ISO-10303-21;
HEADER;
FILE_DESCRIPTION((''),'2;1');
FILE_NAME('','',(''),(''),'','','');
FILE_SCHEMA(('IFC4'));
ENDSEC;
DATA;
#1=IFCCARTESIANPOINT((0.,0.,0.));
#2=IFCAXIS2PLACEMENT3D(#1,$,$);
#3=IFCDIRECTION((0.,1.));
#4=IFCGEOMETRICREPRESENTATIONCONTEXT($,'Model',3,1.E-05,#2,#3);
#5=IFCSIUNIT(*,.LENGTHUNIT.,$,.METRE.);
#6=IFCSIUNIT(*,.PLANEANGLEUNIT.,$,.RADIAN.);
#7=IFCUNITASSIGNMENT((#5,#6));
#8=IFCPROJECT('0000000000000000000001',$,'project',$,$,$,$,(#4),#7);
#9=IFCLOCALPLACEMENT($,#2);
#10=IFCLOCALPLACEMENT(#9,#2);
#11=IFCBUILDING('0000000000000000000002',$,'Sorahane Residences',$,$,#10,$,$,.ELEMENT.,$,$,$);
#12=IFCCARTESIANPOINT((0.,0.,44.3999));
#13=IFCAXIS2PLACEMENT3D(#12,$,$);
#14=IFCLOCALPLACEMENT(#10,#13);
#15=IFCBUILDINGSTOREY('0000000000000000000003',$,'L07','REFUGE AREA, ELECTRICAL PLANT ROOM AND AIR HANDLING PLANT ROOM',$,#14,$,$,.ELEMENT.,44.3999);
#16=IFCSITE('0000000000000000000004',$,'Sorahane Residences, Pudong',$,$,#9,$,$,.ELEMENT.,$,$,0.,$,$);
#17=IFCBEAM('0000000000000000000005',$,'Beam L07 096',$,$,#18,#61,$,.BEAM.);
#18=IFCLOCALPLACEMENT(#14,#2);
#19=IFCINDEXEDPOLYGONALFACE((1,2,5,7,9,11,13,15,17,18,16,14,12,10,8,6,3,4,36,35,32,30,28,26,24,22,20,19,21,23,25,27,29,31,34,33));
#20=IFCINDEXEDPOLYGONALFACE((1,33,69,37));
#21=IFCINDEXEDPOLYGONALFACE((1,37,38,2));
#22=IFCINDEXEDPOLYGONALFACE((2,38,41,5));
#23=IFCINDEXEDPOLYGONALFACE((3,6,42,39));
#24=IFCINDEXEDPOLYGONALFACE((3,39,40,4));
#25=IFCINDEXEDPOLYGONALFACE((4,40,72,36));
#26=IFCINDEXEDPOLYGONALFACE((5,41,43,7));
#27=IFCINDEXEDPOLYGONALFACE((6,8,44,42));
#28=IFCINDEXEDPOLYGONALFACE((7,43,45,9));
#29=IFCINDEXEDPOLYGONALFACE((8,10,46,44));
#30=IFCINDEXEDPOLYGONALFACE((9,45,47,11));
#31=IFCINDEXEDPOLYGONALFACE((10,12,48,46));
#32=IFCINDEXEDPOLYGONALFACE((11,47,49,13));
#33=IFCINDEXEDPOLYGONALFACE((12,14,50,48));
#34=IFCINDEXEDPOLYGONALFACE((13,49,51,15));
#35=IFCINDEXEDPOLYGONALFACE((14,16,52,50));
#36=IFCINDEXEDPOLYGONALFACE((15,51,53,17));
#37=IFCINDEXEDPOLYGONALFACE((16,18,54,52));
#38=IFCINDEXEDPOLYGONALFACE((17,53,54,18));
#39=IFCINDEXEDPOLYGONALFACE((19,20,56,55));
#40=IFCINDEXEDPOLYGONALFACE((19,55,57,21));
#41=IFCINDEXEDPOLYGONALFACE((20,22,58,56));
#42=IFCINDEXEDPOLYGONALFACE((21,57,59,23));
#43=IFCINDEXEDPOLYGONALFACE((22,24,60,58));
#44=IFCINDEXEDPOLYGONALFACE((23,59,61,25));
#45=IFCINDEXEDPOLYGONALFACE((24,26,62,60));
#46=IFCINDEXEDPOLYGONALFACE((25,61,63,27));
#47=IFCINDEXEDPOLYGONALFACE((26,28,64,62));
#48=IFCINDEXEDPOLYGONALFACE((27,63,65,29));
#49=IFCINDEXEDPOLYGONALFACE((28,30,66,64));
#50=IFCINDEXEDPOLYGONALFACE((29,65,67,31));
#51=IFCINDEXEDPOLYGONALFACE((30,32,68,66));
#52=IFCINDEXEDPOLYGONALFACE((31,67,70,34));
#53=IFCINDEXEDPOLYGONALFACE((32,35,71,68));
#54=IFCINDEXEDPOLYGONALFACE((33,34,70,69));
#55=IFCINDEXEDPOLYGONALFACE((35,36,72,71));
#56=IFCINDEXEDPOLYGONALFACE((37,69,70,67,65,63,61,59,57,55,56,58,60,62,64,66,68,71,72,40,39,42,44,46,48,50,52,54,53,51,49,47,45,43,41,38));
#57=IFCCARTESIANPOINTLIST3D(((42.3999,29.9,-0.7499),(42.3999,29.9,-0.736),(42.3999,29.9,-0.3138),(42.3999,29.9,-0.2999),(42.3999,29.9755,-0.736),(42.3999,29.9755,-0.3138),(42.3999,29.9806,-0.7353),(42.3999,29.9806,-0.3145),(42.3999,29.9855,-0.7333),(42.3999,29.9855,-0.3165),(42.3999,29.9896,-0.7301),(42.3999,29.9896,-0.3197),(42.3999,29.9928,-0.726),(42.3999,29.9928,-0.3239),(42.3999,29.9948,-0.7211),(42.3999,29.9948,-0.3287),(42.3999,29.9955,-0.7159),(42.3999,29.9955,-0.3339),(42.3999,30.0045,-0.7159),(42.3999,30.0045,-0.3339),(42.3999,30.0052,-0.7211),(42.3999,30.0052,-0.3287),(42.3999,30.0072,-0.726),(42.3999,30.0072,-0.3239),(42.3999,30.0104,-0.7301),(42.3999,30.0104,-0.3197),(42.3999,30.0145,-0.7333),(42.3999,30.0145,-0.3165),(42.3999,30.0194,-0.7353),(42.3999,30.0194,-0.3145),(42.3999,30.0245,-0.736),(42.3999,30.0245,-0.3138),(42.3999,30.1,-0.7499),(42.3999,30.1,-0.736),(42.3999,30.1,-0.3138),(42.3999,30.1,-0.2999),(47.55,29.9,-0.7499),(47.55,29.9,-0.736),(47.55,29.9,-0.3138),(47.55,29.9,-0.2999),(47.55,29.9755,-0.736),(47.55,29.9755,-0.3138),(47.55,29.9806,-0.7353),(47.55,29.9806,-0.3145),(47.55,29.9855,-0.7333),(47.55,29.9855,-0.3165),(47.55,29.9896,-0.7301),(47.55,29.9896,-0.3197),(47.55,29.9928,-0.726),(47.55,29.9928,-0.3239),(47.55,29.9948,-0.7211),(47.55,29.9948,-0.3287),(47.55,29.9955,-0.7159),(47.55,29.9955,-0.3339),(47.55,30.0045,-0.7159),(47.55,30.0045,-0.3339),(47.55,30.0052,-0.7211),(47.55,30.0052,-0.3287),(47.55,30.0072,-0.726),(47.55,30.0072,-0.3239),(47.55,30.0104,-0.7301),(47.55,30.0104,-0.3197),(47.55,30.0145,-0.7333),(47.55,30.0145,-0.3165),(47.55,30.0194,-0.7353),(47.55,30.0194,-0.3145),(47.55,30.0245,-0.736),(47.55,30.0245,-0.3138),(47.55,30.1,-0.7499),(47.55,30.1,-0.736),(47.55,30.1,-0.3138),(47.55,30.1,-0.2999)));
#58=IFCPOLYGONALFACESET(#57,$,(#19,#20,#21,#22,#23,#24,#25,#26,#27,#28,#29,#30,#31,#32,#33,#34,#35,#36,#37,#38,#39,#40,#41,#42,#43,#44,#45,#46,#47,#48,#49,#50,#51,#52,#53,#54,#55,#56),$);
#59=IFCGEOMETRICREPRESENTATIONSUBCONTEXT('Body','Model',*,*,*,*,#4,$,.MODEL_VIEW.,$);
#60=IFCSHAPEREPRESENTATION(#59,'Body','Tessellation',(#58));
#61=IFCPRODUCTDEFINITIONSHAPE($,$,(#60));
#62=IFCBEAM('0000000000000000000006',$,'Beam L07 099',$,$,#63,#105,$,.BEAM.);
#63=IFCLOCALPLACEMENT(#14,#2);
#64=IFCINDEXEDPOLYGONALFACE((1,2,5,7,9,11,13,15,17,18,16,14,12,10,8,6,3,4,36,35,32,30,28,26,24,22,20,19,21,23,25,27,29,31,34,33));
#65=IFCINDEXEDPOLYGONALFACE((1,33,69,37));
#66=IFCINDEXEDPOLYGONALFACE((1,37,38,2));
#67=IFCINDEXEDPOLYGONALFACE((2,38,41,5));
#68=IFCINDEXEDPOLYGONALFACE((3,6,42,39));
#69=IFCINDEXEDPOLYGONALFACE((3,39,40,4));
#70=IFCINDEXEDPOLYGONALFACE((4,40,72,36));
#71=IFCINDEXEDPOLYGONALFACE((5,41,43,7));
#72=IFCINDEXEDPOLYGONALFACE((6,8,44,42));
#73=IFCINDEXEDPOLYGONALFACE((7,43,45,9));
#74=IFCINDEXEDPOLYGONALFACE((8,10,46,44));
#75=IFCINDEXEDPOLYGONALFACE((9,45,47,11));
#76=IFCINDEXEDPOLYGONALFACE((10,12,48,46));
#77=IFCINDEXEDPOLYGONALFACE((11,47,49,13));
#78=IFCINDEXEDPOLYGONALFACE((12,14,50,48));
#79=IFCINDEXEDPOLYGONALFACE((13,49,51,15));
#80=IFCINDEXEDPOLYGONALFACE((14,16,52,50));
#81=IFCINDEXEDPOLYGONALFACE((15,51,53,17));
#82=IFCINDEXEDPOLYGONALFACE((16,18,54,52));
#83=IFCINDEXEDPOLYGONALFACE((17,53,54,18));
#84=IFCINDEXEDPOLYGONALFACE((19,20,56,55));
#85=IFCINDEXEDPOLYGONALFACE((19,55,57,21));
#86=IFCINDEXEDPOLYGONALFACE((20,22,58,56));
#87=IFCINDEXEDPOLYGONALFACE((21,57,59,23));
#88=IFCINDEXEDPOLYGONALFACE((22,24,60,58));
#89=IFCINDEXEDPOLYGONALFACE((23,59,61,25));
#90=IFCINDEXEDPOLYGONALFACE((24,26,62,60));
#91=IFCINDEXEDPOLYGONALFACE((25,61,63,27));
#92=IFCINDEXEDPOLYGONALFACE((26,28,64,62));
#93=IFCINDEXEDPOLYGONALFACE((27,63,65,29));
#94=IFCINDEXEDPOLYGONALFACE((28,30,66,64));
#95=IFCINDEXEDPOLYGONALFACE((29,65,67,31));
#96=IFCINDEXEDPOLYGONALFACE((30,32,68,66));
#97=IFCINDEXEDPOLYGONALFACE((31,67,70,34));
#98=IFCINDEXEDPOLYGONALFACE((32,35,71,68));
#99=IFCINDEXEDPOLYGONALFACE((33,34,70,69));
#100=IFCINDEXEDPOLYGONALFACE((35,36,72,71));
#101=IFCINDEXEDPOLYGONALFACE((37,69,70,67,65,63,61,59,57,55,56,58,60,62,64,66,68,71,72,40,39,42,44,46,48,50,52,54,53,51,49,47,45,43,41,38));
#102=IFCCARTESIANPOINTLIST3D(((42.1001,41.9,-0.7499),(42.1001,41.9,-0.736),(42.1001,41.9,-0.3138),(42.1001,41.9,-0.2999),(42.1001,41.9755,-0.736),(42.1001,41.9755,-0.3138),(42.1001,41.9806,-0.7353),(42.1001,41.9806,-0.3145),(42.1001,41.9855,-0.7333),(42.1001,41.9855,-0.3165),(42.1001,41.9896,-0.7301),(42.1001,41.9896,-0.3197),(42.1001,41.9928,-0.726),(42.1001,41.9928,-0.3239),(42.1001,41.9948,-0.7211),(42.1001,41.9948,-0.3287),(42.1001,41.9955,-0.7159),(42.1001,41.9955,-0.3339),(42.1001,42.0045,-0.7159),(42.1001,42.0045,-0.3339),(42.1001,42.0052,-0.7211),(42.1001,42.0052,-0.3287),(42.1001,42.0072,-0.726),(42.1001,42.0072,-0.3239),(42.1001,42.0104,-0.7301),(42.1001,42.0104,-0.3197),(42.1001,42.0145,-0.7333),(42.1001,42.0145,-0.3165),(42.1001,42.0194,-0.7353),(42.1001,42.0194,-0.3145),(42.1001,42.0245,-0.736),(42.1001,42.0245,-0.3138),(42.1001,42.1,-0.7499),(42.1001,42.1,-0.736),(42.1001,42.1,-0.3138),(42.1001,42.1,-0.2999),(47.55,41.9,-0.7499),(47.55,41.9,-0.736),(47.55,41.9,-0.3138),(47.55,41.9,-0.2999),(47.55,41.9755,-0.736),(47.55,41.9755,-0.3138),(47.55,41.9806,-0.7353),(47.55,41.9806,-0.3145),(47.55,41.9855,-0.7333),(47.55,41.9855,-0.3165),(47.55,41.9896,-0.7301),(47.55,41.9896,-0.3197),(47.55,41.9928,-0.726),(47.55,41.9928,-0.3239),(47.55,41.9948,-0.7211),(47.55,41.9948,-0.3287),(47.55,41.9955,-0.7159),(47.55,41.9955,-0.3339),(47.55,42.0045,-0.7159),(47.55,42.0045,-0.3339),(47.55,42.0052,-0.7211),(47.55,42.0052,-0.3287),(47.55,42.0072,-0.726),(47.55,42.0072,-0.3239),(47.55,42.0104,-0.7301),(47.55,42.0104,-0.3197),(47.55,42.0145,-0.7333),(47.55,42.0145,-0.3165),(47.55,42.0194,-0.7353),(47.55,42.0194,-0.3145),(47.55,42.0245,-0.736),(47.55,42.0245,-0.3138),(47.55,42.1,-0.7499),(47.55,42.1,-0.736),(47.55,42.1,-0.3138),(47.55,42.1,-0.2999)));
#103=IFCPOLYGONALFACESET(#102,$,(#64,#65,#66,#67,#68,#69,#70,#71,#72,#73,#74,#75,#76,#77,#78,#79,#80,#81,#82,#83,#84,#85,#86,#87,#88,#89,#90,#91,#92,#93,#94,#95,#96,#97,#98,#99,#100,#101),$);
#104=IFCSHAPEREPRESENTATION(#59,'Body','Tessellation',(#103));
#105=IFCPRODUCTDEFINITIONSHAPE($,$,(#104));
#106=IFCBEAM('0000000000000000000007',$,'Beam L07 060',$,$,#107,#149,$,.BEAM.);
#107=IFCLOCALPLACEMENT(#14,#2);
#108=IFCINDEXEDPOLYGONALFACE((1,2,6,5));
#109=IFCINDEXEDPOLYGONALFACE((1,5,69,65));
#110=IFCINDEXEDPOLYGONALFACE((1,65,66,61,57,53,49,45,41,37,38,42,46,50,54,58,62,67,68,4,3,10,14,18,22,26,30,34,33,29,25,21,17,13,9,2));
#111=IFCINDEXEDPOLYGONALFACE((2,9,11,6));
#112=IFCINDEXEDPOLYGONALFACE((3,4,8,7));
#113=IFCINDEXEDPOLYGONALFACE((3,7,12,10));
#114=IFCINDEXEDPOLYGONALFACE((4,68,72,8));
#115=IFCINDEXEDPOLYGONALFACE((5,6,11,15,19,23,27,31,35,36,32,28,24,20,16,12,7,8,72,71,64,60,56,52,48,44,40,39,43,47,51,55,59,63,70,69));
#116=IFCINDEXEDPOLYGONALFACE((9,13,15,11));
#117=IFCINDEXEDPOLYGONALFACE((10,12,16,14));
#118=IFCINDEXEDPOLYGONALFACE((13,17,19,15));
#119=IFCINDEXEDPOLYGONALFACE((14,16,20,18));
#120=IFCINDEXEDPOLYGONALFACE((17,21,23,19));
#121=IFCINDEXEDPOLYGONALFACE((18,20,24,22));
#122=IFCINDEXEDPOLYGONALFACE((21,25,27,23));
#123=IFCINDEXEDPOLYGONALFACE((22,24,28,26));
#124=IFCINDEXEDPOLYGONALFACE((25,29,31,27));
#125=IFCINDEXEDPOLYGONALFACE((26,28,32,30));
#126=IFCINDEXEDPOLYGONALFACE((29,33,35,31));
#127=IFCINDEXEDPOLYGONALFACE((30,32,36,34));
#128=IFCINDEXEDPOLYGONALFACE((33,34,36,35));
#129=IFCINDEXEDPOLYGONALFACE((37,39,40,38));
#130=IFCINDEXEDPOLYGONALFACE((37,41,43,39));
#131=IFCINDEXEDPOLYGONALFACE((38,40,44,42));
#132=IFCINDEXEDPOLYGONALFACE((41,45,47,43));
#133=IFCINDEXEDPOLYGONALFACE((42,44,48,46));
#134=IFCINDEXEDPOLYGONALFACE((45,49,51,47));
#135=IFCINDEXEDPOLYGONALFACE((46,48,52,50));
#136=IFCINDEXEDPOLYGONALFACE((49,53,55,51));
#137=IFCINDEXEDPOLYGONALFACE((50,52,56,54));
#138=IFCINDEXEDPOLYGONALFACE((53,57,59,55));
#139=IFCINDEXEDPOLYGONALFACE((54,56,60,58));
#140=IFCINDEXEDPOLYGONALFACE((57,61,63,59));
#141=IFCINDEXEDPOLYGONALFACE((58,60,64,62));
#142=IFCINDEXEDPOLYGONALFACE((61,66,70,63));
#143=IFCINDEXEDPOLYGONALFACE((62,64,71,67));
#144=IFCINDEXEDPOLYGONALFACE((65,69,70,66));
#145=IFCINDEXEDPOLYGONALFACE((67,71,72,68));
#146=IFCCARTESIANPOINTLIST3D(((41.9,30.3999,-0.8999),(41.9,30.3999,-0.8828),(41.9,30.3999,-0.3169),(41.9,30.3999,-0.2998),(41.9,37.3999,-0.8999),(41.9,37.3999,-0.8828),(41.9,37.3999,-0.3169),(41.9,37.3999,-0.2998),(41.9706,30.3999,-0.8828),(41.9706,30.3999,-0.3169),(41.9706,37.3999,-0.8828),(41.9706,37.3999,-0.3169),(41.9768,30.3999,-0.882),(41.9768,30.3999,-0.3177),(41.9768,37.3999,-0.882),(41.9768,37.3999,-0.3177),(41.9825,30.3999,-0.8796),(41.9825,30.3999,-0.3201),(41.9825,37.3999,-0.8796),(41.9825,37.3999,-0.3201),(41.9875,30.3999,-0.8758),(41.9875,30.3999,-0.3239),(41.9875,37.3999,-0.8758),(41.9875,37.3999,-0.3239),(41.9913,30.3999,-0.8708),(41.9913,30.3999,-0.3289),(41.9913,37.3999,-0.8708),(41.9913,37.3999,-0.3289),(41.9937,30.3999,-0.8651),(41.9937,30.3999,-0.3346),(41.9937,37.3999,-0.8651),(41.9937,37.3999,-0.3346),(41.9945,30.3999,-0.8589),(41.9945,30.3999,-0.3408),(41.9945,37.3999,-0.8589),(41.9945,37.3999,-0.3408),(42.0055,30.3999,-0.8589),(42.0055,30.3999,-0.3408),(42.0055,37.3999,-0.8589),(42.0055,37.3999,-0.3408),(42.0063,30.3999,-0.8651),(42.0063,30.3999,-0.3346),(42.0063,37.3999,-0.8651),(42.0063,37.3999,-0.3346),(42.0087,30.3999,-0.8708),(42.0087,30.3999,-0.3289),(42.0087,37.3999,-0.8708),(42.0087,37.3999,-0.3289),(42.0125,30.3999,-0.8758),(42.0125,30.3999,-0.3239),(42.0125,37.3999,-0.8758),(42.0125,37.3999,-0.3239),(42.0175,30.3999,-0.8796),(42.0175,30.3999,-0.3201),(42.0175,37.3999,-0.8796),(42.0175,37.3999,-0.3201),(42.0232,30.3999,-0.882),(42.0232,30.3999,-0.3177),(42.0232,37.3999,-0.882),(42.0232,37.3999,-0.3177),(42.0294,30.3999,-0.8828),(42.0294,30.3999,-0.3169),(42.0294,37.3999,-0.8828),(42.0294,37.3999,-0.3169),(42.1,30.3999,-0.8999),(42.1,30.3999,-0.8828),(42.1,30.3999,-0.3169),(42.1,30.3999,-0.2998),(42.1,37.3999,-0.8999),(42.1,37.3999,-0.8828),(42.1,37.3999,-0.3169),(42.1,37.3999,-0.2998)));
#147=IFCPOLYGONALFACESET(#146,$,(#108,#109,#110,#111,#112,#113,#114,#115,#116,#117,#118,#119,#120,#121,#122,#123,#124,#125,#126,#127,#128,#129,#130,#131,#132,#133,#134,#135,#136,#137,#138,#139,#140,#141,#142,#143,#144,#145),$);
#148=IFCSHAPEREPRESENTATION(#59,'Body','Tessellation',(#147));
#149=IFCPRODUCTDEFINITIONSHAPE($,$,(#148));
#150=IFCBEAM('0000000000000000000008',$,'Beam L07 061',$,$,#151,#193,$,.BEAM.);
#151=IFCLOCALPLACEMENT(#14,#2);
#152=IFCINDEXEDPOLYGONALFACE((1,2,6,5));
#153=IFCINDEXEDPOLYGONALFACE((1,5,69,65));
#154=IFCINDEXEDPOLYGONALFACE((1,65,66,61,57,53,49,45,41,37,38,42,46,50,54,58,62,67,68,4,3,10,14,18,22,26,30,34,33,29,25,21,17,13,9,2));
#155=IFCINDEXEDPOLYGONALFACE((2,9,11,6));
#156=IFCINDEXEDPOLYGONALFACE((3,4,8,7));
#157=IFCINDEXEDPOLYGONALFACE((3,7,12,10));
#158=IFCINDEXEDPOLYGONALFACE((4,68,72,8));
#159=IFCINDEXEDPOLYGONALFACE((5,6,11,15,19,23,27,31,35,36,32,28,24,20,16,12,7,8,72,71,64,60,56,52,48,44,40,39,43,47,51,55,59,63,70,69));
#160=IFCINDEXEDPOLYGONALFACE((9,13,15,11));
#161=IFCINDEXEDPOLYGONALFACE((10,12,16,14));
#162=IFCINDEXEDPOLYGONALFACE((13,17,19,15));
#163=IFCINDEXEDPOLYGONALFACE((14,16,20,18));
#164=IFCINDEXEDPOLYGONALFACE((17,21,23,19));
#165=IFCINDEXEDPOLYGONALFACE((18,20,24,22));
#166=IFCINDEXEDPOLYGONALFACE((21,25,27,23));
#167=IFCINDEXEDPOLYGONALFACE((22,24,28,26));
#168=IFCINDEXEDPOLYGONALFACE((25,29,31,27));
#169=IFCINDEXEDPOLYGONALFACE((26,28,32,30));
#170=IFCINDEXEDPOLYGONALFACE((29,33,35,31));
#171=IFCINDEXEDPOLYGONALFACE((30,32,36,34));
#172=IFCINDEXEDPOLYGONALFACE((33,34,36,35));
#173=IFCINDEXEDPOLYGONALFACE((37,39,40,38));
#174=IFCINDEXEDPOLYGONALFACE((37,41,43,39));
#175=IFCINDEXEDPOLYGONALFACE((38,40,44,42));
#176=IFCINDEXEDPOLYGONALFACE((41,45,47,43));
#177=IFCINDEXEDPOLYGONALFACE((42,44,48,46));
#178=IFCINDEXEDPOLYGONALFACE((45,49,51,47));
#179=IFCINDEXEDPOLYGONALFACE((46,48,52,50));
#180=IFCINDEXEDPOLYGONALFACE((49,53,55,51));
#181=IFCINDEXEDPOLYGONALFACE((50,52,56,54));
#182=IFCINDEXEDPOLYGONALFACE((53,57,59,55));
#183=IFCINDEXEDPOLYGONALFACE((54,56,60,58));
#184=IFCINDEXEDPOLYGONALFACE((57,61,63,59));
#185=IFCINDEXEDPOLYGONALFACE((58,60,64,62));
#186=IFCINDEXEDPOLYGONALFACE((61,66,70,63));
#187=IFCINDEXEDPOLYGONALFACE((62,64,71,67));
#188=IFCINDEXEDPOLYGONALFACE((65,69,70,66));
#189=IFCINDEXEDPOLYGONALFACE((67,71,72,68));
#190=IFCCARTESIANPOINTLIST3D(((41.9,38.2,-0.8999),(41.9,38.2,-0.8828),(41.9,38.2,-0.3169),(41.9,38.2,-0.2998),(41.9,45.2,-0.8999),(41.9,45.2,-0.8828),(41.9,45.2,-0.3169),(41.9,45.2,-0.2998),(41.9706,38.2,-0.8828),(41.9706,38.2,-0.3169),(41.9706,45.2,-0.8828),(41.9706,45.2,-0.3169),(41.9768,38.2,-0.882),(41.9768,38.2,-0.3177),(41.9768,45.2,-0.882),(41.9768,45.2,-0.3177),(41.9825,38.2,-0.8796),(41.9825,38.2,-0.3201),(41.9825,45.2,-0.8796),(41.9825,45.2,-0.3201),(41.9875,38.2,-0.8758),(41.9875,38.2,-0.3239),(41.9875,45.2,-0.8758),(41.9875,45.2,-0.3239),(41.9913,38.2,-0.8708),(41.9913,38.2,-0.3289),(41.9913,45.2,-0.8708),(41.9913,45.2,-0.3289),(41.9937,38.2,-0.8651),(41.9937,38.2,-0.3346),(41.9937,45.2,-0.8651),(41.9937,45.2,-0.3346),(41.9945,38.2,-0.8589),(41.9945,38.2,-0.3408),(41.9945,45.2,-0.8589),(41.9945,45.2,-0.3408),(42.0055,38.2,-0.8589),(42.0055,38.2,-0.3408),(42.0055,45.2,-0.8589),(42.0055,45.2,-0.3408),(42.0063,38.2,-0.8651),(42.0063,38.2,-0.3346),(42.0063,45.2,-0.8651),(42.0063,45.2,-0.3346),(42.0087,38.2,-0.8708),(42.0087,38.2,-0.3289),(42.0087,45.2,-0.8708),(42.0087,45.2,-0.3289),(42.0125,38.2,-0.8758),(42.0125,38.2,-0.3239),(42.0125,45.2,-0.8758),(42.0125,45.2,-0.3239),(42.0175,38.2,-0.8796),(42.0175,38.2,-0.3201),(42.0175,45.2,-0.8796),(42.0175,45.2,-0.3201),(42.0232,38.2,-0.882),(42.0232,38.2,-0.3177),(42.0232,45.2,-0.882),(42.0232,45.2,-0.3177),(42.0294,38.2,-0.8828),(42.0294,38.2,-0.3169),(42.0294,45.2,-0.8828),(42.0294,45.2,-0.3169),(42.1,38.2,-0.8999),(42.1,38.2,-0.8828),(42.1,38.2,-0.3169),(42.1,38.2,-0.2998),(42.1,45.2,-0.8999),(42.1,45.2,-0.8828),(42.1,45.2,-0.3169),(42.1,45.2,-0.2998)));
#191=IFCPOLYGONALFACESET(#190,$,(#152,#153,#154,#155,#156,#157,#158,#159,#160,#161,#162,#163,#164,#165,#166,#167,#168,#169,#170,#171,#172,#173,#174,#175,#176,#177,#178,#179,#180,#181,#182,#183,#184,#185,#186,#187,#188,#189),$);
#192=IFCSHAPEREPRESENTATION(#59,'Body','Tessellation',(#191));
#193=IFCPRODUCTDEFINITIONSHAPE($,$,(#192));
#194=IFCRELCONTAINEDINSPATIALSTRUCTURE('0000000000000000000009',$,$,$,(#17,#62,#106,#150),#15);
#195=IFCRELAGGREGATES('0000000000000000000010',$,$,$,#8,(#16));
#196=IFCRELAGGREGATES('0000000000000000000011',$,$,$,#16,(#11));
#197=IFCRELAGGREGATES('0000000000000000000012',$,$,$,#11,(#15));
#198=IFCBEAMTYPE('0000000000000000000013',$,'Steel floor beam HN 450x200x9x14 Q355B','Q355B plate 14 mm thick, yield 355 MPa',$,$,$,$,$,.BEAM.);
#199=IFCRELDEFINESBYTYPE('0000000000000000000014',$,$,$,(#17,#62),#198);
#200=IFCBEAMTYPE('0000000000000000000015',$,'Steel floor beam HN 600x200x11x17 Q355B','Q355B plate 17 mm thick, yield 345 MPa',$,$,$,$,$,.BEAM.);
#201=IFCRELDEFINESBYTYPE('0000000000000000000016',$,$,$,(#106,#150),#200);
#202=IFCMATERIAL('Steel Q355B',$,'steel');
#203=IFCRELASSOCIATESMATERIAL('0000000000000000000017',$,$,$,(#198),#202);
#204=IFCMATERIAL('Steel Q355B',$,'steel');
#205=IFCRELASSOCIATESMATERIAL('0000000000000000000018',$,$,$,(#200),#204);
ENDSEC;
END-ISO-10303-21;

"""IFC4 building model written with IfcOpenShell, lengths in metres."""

from ifc_helpers import new_model, si_unit, direction, frame, origin, origin_2d, place, context, subcontext, project, spatial, i_section, extrude, material, material_profile, profile_set, type_object, element, save


model = new_model("IFC4")

# Units and contexts
model_context = context("Model", 3, precision=1e-05, world=origin(), true_north=direction((0.0, 1.0)))
body_context = subcontext(model_context, "Body", "Model", "MODEL_VIEW")
ifc_project = project(units=[si_unit("LENGTHUNIT", "METRE"), si_unit("PLANEANGLEUNIT", "RADIAN")], contexts=[model_context])

# Site, building, storey
site_placement = place(None, origin())
site = spatial("IfcSite", under=ifc_project, at=site_placement, Name="Sorahane Residences, Pudong", CompositionType="ELEMENT", RefElevation=0.0)
building_placement = place(site_placement, origin())
building = spatial("IfcBuilding", under=site, at=building_placement, Name="Sorahane Residences", CompositionType="ELEMENT")
storey_placement = place(building_placement, frame((0.0, 0.0, 44.3999)))
storey = spatial("IfcBuildingStorey", under=building, at=storey_placement, Name="L07", Description="REFUGE AREA, ELECTRICAL PLANT ROOM AND AIR HANDLING PLANT ROOM", CompositionType="ELEMENT", Elevation=44.3999)

# Beams
ifc_material_1 = material(Name="Steel Q355B", Category="steel")
ifc_material_profile_1 = material_profile(ifc_material_1, i_section(OverallWidth=0.2, OverallDepth=0.45, WebThickness=0.009, FlangeThickness=0.0139, FilletRadius=0.02, at=origin_2d()), Name="HN 450x200x9x14")
ifc_profile_set_1 = profile_set([ifc_material_profile_1], Name="Steel Q355B")
beam_type_1 = type_object("IfcBeamType", Name="Steel floor beam HN 450x200x9x14 Q355B", Description="Q355B plate 14 mm thick, yield 355 MPa", PredefinedType="BEAM", material=ifc_profile_set_1)
beam_1_placement = place(storey_placement, frame((42.3999, 30.0, -0.5249), z_axis=(1.0, 0.0, 0.0), x_axis=(0.0, 1.0, 0.0)))
element("IfcBeam", 1, at=beam_1_placement, inside=storey, type_object=beam_type_1, Name="Beam L07 096", PredefinedType="BEAM", context=body_context, shape_type="SweptSolid", body=[
    extrude(i_section(OverallWidth=0.2, OverallDepth=0.45, WebThickness=0.009, FlangeThickness=0.0139, FilletRadius=0.02, at=origin_2d()), origin(), (0.0, 0.0, 1.0), 5.1501),
])
beam_2_placement = place(storey_placement, frame((42.1001, 42.0, -0.5249), z_axis=(1.0, 0.0, 0.0), x_axis=(0.0, 1.0, 0.0)))
element("IfcBeam", 2, at=beam_2_placement, inside=storey, type_object=beam_type_1, Name="Beam L07 099", PredefinedType="BEAM", context=body_context, shape_type="SweptSolid", body=[
    extrude(i_section(OverallWidth=0.2, OverallDepth=0.45, WebThickness=0.009, FlangeThickness=0.0139, FilletRadius=0.02, at=origin_2d()), origin(), (0.0, 0.0, 1.0), 5.45),
])
ifc_material_2 = material(Name="Steel Q355B", Category="steel")
ifc_material_profile_2 = material_profile(ifc_material_2, i_section(OverallWidth=0.2, OverallDepth=0.6001, WebThickness=0.011, FlangeThickness=0.0171, FilletRadius=0.0239, at=origin_2d()), Name="HN 600x200x11x17")
ifc_profile_set_2 = profile_set([ifc_material_profile_2], Name="Steel Q355B")
beam_type_2 = type_object("IfcBeamType", Name="Steel floor beam HN 600x200x11x17 Q355B", Description="Q355B plate 17 mm thick, yield 345 MPa", PredefinedType="BEAM", material=ifc_profile_set_2)
for number, where, z_axis, x_axis, name in (
    (3, (42.0, 30.3999, -0.5999), (0.0, 1.0, 0.0), (-1.0, 0.0, 0.0), "Beam L07 060"),
    (4, (42.0, 38.2, -0.5999), (0.0, 1.0, 0.0), (-1.0, 0.0, 0.0), "Beam L07 061"),
):
    element("IfcBeam", number, at=place(storey_placement, frame(where, z_axis=z_axis, x_axis=x_axis)), inside=storey, type_object=beam_type_2, Name=name, PredefinedType="BEAM", context=body_context, shape_type="SweptSolid", body=[
        extrude(i_section(OverallWidth=0.2, OverallDepth=0.6001, WebThickness=0.011, FlangeThickness=0.0171, FilletRadius=0.0239, at=origin_2d()), origin(), (0.0, 0.0, 1.0), 7.0),
    ])

save(model, "model.ifc")
